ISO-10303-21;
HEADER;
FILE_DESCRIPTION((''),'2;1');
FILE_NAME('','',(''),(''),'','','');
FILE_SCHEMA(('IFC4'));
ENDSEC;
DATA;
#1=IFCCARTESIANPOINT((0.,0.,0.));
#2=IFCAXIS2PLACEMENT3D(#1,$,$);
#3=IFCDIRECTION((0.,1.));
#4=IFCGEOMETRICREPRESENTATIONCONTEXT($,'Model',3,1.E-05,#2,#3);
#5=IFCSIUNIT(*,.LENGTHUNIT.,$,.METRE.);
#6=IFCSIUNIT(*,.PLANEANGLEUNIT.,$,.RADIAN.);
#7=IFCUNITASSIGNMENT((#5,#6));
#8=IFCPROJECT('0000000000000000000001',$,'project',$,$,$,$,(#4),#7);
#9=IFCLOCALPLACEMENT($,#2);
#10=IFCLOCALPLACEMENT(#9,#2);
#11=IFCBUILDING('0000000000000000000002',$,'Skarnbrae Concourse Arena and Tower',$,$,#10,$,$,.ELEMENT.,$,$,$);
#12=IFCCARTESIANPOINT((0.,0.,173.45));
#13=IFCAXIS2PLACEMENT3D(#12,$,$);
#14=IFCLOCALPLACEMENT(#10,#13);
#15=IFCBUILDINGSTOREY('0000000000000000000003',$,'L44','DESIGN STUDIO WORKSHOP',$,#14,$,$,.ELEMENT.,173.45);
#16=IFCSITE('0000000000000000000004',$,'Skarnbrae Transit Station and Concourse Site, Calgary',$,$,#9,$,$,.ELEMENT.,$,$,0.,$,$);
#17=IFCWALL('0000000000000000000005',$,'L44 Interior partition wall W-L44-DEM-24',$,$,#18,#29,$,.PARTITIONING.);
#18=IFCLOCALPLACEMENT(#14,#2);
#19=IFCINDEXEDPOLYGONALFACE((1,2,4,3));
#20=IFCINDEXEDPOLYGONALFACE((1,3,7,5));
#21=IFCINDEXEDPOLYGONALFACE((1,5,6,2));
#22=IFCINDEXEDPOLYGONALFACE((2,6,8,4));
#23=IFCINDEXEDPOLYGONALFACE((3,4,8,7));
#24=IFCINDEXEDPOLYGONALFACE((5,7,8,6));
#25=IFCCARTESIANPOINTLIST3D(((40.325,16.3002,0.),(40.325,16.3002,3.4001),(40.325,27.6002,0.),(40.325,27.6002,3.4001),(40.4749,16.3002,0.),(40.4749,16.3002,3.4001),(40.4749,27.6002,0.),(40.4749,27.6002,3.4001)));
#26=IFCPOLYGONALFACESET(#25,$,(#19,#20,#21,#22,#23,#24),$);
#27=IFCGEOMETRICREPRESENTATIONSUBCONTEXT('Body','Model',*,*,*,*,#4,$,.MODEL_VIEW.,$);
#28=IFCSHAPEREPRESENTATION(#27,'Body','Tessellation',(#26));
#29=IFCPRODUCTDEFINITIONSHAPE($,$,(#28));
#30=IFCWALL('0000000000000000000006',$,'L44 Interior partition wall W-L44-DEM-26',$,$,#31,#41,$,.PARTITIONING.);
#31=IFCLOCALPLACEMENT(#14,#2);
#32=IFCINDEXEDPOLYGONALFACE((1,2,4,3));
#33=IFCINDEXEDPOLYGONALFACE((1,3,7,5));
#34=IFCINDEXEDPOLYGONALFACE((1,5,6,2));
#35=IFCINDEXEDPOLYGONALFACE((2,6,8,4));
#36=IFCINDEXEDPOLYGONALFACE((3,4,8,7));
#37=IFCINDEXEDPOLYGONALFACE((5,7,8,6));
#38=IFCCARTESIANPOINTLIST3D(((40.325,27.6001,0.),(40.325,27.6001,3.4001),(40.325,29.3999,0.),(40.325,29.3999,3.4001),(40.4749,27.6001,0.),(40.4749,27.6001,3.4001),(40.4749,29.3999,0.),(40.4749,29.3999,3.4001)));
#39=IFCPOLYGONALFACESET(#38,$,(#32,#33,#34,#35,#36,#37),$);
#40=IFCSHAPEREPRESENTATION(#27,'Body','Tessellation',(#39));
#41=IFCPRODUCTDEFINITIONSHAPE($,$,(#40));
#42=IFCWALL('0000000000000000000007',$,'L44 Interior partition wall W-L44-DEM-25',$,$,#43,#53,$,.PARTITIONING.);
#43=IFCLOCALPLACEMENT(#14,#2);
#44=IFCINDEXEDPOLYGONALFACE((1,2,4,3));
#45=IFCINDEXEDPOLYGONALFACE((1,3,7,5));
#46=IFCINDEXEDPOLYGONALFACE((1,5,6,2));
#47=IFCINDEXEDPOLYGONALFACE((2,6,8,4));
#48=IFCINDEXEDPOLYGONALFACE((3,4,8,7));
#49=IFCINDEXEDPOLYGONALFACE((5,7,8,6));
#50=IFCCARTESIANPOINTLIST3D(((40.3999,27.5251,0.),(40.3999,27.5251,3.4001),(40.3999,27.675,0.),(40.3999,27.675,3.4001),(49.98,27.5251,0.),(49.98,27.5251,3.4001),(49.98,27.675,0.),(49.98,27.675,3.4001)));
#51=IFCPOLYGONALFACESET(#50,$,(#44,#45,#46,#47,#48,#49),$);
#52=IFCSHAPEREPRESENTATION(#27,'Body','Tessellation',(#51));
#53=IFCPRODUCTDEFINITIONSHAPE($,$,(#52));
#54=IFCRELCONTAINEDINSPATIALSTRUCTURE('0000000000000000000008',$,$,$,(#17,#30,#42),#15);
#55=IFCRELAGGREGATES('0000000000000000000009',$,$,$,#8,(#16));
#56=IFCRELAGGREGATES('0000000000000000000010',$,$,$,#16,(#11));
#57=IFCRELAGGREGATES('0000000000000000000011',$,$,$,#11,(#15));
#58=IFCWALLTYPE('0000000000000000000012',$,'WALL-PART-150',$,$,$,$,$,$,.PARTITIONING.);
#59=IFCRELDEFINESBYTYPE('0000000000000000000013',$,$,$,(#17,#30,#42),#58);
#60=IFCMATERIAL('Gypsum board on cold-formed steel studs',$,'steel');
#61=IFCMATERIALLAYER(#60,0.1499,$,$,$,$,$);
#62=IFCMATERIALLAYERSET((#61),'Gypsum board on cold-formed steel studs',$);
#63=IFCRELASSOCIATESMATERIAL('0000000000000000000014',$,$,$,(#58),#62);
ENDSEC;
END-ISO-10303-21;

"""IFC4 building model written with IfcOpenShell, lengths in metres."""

from ifc_helpers import new_model, si_unit, direction, frame, frame_2d, origin, place, context, subcontext, project, spatial, rectangle, extrude, source, transform, mapped, material, layer, layer_set, type_object, element, save


model = new_model("IFC4")

# Units and contexts
model_context = context("Model", 3, precision=1e-05, world=origin(), true_north=direction((0.0, 1.0)))
body_context = subcontext(model_context, "Body", "Model", "MODEL_VIEW")
ifc_project = project(units=[si_unit("LENGTHUNIT", "METRE"), si_unit("PLANEANGLEUNIT", "RADIAN")], contexts=[model_context])

# Site, building, storey
site_placement = place(None, origin())
site = spatial("IfcSite", under=ifc_project, at=site_placement, Name="Skarnbrae Transit Station and Concourse Site, Calgary", CompositionType="ELEMENT", RefElevation=0.0)
building_placement = place(site_placement, origin())
building = spatial("IfcBuilding", under=site, at=building_placement, Name="Skarnbrae Concourse Arena and Tower", CompositionType="ELEMENT")
storey_placement = place(building_placement, frame((0.0, 0.0, 173.45)))
storey = spatial("IfcBuildingStorey", under=building, at=storey_placement, Name="L44", Description="DESIGN STUDIO WORKSHOP", CompositionType="ELEMENT", Elevation=173.45)

# Shared definitions
ifc_material_1 = material(Name="Gypsum board on cold-formed steel studs", Category="steel")

# Walls
ifc_layer_1 = layer(ifc_material_1, 0.1499)
ifc_layer_set_1 = layer_set([ifc_layer_1], Name="Gypsum board on cold-formed steel studs")
wall_type_1 = type_object("IfcWallType", Name="WALL-PART-150", PredefinedType="PARTITIONING", material=ifc_layer_set_1)
shared_shape_1 = source(origin(), body_context, "Body", "SweptSolid", [
    extrude(rectangle(XDim=11.3, YDim=0.1499, at=frame_2d((5.6499, 0.0))), origin(), (0.0, 0.0, 1.0), 3.4001),
])
wall_1_placement = place(storey_placement, frame((40.3999, 27.6001, 0.0), z_axis=(0.0, 0.0, 1.0), x_axis=(0.0, -1.0, 0.0)))
element("IfcWall", 1, at=wall_1_placement, inside=storey, type_object=wall_type_1, Name="L44 Interior partition wall W-L44-DEM-24", PredefinedType="PARTITIONING", context=body_context, shape_type="MappedRepresentation", body=[
    mapped(shared_shape_1, transform((0.0, 0.0, 0.0))),
])
shared_shape_2 = source(origin(), body_context, "Body", "SweptSolid", [
    extrude(rectangle(XDim=1.7998, YDim=0.1499, at=frame_2d((0.8999, 0.0))), origin(), (0.0, 0.0, 1.0), 3.4001),
])
wall_2_placement = place(storey_placement, frame((40.3999, 29.3999, 0.0), z_axis=(0.0, 0.0, 1.0), x_axis=(0.0, -1.0, 0.0)))
element("IfcWall", 2, at=wall_2_placement, inside=storey, type_object=wall_type_1, Name="L44 Interior partition wall W-L44-DEM-26", PredefinedType="PARTITIONING", context=body_context, shape_type="MappedRepresentation", body=[
    mapped(shared_shape_2, transform((0.0, 0.0, 0.0))),
])
shared_shape_3 = source(origin(), body_context, "Body", "SweptSolid", [
    extrude(rectangle(XDim=9.5801, YDim=0.1499, at=frame_2d((4.79, 0.0))), origin(), (0.0, 0.0, 1.0), 3.4001),
])
wall_3_placement = place(storey_placement, frame((40.3999, 27.6001, 0.0), z_axis=(0.0, 0.0, 1.0), x_axis=(1.0, 0.0, 0.0)))
element("IfcWall", 3, at=wall_3_placement, inside=storey, type_object=wall_type_1, Name="L44 Interior partition wall W-L44-DEM-25", PredefinedType="PARTITIONING", context=body_context, shape_type="MappedRepresentation", body=[
    mapped(shared_shape_3, transform((0.0, 0.0, 0.0))),
])

save(model, "model.ifc")
